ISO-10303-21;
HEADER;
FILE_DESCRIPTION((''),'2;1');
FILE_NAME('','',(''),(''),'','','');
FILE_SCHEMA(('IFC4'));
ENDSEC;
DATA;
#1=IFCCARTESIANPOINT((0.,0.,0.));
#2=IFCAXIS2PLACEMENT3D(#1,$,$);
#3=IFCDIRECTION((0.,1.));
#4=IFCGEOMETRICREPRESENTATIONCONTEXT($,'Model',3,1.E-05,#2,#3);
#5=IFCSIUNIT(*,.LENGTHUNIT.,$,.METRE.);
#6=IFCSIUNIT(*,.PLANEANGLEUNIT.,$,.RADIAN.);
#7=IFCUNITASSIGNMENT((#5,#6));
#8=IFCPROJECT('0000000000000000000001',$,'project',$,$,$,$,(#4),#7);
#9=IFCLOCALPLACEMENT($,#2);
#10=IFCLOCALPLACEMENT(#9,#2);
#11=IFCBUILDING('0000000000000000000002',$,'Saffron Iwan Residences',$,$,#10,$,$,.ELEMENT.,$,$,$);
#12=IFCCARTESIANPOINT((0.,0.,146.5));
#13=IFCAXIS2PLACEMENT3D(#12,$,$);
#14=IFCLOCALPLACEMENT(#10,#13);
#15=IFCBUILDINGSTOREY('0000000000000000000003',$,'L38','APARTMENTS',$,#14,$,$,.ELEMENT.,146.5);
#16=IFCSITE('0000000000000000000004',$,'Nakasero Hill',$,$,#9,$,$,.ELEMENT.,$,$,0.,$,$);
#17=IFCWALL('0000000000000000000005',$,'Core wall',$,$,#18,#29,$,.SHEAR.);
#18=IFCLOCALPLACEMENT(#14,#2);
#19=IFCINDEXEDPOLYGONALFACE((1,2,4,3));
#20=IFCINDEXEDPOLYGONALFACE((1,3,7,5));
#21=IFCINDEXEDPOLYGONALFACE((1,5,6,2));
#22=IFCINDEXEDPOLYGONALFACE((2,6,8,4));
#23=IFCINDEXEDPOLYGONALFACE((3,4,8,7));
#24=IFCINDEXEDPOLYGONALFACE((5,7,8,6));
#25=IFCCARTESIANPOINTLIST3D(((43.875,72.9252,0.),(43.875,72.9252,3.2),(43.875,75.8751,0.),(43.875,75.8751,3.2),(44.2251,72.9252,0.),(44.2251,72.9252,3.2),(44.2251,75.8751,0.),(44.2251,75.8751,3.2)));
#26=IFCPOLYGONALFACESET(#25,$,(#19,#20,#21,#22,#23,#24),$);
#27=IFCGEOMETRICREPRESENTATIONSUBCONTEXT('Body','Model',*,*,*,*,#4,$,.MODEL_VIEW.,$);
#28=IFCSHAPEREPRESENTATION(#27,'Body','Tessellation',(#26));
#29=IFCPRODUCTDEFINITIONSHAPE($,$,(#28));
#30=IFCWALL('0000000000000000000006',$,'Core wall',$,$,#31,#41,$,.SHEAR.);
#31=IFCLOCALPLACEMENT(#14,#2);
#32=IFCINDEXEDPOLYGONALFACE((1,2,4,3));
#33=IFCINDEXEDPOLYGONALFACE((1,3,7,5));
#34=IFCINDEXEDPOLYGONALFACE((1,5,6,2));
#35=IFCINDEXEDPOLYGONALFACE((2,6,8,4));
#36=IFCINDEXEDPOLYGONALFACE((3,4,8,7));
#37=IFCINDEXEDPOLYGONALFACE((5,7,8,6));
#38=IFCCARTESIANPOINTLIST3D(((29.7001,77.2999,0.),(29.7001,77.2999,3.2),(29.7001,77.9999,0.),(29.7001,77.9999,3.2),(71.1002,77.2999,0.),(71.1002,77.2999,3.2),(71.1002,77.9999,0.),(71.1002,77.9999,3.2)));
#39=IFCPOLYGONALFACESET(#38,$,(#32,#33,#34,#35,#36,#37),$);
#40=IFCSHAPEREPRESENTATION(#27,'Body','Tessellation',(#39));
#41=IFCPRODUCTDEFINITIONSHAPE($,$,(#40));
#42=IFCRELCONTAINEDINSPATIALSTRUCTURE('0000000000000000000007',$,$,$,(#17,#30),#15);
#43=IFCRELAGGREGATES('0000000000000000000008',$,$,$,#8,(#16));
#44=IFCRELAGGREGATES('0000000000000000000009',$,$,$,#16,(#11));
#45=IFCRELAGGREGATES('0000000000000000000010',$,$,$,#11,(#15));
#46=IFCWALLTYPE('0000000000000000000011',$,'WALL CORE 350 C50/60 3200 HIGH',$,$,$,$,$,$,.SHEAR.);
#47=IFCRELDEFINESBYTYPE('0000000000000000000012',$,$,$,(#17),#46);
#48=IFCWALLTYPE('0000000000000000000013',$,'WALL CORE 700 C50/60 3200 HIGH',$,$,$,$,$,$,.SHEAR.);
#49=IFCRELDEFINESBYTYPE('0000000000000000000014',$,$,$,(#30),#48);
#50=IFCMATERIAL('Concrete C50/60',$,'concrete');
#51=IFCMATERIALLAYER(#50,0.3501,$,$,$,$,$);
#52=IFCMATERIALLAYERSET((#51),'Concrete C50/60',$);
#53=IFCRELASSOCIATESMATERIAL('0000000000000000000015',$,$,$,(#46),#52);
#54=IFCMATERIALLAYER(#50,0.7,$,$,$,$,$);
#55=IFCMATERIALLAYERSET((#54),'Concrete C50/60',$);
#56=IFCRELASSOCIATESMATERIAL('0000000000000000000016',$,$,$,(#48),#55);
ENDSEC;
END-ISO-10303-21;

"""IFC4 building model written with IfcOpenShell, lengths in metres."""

from ifc_helpers import new_model, si_unit, direction, frame, frame_2d, origin, place, context, subcontext, project, spatial, rectangle, extrude, material, layer, layer_set, type_object, element, save


model = new_model("IFC4")

# Units and contexts
model_context = context("Model", 3, precision=1e-05, world=origin(), true_north=direction((0.0, 1.0)))
body_context = subcontext(model_context, "Body", "Model", "MODEL_VIEW")
ifc_project = project(units=[si_unit("LENGTHUNIT", "METRE"), si_unit("PLANEANGLEUNIT", "RADIAN")], contexts=[model_context])

# Site, building, storey
site_placement = place(None, origin())
site = spatial("IfcSite", under=ifc_project, at=site_placement, Name="Nakasero Hill", CompositionType="ELEMENT", RefElevation=0.0)
building_placement = place(site_placement, origin())
building = spatial("IfcBuilding", under=site, at=building_placement, Name="Saffron Iwan Residences", CompositionType="ELEMENT")
storey_placement = place(building_placement, frame((0.0, 0.0, 146.5)))
storey = spatial("IfcBuildingStorey", under=building, at=storey_placement, Name="L38", Description="APARTMENTS", CompositionType="ELEMENT", Elevation=146.5)

# Shared definitions
ifc_material_1 = material(Name="Concrete C50/60", Category="concrete")

# Walls
ifc_layer_1 = layer(ifc_material_1, 0.3501)
ifc_layer_set_1 = layer_set([ifc_layer_1], Name="Concrete C50/60")
wall_type_1 = type_object("IfcWallType", Name="WALL CORE 350 C50/60 3200 HIGH", PredefinedType="SHEAR", material=ifc_layer_set_1)
for number, where, z_axis, x_axis, name in (
    (1, (44.05, 72.925, 0.0), (0.0, 0.0, 1.0), (0.0, 1.0, 0.0), "Core wall"),
):
    element("IfcWall", number, at=place(storey_placement, frame(where, z_axis=z_axis, x_axis=x_axis)), inside=storey, type_object=wall_type_1, Name=name, PredefinedType="SHEAR", context=body_context, shape_type="SweptSolid", body=[
        extrude(rectangle(XDim=2.95, YDim=0.3501, at=frame_2d((1.4751, 0.0))), origin(), (0.0, 0.0, 1.0), 3.2),
    ])
ifc_layer_2 = layer(ifc_material_1, 0.7)
ifc_layer_set_2 = layer_set([ifc_layer_2], Name="Concrete C50/60")
wall_type_2 = type_object("IfcWallType", Name="WALL CORE 700 C50/60 3200 HIGH", PredefinedType="SHEAR", material=ifc_layer_set_2)
wall_1_placement = place(storey_placement, frame((29.7, 77.6499, 0.0), z_axis=(0.0, 0.0, 1.0), x_axis=(1.0, 0.0, 0.0)))
element("IfcWall", 2, at=wall_1_placement, inside=storey, type_object=wall_type_2, Name="Core wall", PredefinedType="SHEAR", context=body_context, shape_type="SweptSolid", body=[
    extrude(rectangle(XDim=41.4001, YDim=0.7, at=frame_2d((20.7002, 0.0))), origin(), (0.0, 0.0, 1.0), 3.2),
])

save(model, "model.ifc")
